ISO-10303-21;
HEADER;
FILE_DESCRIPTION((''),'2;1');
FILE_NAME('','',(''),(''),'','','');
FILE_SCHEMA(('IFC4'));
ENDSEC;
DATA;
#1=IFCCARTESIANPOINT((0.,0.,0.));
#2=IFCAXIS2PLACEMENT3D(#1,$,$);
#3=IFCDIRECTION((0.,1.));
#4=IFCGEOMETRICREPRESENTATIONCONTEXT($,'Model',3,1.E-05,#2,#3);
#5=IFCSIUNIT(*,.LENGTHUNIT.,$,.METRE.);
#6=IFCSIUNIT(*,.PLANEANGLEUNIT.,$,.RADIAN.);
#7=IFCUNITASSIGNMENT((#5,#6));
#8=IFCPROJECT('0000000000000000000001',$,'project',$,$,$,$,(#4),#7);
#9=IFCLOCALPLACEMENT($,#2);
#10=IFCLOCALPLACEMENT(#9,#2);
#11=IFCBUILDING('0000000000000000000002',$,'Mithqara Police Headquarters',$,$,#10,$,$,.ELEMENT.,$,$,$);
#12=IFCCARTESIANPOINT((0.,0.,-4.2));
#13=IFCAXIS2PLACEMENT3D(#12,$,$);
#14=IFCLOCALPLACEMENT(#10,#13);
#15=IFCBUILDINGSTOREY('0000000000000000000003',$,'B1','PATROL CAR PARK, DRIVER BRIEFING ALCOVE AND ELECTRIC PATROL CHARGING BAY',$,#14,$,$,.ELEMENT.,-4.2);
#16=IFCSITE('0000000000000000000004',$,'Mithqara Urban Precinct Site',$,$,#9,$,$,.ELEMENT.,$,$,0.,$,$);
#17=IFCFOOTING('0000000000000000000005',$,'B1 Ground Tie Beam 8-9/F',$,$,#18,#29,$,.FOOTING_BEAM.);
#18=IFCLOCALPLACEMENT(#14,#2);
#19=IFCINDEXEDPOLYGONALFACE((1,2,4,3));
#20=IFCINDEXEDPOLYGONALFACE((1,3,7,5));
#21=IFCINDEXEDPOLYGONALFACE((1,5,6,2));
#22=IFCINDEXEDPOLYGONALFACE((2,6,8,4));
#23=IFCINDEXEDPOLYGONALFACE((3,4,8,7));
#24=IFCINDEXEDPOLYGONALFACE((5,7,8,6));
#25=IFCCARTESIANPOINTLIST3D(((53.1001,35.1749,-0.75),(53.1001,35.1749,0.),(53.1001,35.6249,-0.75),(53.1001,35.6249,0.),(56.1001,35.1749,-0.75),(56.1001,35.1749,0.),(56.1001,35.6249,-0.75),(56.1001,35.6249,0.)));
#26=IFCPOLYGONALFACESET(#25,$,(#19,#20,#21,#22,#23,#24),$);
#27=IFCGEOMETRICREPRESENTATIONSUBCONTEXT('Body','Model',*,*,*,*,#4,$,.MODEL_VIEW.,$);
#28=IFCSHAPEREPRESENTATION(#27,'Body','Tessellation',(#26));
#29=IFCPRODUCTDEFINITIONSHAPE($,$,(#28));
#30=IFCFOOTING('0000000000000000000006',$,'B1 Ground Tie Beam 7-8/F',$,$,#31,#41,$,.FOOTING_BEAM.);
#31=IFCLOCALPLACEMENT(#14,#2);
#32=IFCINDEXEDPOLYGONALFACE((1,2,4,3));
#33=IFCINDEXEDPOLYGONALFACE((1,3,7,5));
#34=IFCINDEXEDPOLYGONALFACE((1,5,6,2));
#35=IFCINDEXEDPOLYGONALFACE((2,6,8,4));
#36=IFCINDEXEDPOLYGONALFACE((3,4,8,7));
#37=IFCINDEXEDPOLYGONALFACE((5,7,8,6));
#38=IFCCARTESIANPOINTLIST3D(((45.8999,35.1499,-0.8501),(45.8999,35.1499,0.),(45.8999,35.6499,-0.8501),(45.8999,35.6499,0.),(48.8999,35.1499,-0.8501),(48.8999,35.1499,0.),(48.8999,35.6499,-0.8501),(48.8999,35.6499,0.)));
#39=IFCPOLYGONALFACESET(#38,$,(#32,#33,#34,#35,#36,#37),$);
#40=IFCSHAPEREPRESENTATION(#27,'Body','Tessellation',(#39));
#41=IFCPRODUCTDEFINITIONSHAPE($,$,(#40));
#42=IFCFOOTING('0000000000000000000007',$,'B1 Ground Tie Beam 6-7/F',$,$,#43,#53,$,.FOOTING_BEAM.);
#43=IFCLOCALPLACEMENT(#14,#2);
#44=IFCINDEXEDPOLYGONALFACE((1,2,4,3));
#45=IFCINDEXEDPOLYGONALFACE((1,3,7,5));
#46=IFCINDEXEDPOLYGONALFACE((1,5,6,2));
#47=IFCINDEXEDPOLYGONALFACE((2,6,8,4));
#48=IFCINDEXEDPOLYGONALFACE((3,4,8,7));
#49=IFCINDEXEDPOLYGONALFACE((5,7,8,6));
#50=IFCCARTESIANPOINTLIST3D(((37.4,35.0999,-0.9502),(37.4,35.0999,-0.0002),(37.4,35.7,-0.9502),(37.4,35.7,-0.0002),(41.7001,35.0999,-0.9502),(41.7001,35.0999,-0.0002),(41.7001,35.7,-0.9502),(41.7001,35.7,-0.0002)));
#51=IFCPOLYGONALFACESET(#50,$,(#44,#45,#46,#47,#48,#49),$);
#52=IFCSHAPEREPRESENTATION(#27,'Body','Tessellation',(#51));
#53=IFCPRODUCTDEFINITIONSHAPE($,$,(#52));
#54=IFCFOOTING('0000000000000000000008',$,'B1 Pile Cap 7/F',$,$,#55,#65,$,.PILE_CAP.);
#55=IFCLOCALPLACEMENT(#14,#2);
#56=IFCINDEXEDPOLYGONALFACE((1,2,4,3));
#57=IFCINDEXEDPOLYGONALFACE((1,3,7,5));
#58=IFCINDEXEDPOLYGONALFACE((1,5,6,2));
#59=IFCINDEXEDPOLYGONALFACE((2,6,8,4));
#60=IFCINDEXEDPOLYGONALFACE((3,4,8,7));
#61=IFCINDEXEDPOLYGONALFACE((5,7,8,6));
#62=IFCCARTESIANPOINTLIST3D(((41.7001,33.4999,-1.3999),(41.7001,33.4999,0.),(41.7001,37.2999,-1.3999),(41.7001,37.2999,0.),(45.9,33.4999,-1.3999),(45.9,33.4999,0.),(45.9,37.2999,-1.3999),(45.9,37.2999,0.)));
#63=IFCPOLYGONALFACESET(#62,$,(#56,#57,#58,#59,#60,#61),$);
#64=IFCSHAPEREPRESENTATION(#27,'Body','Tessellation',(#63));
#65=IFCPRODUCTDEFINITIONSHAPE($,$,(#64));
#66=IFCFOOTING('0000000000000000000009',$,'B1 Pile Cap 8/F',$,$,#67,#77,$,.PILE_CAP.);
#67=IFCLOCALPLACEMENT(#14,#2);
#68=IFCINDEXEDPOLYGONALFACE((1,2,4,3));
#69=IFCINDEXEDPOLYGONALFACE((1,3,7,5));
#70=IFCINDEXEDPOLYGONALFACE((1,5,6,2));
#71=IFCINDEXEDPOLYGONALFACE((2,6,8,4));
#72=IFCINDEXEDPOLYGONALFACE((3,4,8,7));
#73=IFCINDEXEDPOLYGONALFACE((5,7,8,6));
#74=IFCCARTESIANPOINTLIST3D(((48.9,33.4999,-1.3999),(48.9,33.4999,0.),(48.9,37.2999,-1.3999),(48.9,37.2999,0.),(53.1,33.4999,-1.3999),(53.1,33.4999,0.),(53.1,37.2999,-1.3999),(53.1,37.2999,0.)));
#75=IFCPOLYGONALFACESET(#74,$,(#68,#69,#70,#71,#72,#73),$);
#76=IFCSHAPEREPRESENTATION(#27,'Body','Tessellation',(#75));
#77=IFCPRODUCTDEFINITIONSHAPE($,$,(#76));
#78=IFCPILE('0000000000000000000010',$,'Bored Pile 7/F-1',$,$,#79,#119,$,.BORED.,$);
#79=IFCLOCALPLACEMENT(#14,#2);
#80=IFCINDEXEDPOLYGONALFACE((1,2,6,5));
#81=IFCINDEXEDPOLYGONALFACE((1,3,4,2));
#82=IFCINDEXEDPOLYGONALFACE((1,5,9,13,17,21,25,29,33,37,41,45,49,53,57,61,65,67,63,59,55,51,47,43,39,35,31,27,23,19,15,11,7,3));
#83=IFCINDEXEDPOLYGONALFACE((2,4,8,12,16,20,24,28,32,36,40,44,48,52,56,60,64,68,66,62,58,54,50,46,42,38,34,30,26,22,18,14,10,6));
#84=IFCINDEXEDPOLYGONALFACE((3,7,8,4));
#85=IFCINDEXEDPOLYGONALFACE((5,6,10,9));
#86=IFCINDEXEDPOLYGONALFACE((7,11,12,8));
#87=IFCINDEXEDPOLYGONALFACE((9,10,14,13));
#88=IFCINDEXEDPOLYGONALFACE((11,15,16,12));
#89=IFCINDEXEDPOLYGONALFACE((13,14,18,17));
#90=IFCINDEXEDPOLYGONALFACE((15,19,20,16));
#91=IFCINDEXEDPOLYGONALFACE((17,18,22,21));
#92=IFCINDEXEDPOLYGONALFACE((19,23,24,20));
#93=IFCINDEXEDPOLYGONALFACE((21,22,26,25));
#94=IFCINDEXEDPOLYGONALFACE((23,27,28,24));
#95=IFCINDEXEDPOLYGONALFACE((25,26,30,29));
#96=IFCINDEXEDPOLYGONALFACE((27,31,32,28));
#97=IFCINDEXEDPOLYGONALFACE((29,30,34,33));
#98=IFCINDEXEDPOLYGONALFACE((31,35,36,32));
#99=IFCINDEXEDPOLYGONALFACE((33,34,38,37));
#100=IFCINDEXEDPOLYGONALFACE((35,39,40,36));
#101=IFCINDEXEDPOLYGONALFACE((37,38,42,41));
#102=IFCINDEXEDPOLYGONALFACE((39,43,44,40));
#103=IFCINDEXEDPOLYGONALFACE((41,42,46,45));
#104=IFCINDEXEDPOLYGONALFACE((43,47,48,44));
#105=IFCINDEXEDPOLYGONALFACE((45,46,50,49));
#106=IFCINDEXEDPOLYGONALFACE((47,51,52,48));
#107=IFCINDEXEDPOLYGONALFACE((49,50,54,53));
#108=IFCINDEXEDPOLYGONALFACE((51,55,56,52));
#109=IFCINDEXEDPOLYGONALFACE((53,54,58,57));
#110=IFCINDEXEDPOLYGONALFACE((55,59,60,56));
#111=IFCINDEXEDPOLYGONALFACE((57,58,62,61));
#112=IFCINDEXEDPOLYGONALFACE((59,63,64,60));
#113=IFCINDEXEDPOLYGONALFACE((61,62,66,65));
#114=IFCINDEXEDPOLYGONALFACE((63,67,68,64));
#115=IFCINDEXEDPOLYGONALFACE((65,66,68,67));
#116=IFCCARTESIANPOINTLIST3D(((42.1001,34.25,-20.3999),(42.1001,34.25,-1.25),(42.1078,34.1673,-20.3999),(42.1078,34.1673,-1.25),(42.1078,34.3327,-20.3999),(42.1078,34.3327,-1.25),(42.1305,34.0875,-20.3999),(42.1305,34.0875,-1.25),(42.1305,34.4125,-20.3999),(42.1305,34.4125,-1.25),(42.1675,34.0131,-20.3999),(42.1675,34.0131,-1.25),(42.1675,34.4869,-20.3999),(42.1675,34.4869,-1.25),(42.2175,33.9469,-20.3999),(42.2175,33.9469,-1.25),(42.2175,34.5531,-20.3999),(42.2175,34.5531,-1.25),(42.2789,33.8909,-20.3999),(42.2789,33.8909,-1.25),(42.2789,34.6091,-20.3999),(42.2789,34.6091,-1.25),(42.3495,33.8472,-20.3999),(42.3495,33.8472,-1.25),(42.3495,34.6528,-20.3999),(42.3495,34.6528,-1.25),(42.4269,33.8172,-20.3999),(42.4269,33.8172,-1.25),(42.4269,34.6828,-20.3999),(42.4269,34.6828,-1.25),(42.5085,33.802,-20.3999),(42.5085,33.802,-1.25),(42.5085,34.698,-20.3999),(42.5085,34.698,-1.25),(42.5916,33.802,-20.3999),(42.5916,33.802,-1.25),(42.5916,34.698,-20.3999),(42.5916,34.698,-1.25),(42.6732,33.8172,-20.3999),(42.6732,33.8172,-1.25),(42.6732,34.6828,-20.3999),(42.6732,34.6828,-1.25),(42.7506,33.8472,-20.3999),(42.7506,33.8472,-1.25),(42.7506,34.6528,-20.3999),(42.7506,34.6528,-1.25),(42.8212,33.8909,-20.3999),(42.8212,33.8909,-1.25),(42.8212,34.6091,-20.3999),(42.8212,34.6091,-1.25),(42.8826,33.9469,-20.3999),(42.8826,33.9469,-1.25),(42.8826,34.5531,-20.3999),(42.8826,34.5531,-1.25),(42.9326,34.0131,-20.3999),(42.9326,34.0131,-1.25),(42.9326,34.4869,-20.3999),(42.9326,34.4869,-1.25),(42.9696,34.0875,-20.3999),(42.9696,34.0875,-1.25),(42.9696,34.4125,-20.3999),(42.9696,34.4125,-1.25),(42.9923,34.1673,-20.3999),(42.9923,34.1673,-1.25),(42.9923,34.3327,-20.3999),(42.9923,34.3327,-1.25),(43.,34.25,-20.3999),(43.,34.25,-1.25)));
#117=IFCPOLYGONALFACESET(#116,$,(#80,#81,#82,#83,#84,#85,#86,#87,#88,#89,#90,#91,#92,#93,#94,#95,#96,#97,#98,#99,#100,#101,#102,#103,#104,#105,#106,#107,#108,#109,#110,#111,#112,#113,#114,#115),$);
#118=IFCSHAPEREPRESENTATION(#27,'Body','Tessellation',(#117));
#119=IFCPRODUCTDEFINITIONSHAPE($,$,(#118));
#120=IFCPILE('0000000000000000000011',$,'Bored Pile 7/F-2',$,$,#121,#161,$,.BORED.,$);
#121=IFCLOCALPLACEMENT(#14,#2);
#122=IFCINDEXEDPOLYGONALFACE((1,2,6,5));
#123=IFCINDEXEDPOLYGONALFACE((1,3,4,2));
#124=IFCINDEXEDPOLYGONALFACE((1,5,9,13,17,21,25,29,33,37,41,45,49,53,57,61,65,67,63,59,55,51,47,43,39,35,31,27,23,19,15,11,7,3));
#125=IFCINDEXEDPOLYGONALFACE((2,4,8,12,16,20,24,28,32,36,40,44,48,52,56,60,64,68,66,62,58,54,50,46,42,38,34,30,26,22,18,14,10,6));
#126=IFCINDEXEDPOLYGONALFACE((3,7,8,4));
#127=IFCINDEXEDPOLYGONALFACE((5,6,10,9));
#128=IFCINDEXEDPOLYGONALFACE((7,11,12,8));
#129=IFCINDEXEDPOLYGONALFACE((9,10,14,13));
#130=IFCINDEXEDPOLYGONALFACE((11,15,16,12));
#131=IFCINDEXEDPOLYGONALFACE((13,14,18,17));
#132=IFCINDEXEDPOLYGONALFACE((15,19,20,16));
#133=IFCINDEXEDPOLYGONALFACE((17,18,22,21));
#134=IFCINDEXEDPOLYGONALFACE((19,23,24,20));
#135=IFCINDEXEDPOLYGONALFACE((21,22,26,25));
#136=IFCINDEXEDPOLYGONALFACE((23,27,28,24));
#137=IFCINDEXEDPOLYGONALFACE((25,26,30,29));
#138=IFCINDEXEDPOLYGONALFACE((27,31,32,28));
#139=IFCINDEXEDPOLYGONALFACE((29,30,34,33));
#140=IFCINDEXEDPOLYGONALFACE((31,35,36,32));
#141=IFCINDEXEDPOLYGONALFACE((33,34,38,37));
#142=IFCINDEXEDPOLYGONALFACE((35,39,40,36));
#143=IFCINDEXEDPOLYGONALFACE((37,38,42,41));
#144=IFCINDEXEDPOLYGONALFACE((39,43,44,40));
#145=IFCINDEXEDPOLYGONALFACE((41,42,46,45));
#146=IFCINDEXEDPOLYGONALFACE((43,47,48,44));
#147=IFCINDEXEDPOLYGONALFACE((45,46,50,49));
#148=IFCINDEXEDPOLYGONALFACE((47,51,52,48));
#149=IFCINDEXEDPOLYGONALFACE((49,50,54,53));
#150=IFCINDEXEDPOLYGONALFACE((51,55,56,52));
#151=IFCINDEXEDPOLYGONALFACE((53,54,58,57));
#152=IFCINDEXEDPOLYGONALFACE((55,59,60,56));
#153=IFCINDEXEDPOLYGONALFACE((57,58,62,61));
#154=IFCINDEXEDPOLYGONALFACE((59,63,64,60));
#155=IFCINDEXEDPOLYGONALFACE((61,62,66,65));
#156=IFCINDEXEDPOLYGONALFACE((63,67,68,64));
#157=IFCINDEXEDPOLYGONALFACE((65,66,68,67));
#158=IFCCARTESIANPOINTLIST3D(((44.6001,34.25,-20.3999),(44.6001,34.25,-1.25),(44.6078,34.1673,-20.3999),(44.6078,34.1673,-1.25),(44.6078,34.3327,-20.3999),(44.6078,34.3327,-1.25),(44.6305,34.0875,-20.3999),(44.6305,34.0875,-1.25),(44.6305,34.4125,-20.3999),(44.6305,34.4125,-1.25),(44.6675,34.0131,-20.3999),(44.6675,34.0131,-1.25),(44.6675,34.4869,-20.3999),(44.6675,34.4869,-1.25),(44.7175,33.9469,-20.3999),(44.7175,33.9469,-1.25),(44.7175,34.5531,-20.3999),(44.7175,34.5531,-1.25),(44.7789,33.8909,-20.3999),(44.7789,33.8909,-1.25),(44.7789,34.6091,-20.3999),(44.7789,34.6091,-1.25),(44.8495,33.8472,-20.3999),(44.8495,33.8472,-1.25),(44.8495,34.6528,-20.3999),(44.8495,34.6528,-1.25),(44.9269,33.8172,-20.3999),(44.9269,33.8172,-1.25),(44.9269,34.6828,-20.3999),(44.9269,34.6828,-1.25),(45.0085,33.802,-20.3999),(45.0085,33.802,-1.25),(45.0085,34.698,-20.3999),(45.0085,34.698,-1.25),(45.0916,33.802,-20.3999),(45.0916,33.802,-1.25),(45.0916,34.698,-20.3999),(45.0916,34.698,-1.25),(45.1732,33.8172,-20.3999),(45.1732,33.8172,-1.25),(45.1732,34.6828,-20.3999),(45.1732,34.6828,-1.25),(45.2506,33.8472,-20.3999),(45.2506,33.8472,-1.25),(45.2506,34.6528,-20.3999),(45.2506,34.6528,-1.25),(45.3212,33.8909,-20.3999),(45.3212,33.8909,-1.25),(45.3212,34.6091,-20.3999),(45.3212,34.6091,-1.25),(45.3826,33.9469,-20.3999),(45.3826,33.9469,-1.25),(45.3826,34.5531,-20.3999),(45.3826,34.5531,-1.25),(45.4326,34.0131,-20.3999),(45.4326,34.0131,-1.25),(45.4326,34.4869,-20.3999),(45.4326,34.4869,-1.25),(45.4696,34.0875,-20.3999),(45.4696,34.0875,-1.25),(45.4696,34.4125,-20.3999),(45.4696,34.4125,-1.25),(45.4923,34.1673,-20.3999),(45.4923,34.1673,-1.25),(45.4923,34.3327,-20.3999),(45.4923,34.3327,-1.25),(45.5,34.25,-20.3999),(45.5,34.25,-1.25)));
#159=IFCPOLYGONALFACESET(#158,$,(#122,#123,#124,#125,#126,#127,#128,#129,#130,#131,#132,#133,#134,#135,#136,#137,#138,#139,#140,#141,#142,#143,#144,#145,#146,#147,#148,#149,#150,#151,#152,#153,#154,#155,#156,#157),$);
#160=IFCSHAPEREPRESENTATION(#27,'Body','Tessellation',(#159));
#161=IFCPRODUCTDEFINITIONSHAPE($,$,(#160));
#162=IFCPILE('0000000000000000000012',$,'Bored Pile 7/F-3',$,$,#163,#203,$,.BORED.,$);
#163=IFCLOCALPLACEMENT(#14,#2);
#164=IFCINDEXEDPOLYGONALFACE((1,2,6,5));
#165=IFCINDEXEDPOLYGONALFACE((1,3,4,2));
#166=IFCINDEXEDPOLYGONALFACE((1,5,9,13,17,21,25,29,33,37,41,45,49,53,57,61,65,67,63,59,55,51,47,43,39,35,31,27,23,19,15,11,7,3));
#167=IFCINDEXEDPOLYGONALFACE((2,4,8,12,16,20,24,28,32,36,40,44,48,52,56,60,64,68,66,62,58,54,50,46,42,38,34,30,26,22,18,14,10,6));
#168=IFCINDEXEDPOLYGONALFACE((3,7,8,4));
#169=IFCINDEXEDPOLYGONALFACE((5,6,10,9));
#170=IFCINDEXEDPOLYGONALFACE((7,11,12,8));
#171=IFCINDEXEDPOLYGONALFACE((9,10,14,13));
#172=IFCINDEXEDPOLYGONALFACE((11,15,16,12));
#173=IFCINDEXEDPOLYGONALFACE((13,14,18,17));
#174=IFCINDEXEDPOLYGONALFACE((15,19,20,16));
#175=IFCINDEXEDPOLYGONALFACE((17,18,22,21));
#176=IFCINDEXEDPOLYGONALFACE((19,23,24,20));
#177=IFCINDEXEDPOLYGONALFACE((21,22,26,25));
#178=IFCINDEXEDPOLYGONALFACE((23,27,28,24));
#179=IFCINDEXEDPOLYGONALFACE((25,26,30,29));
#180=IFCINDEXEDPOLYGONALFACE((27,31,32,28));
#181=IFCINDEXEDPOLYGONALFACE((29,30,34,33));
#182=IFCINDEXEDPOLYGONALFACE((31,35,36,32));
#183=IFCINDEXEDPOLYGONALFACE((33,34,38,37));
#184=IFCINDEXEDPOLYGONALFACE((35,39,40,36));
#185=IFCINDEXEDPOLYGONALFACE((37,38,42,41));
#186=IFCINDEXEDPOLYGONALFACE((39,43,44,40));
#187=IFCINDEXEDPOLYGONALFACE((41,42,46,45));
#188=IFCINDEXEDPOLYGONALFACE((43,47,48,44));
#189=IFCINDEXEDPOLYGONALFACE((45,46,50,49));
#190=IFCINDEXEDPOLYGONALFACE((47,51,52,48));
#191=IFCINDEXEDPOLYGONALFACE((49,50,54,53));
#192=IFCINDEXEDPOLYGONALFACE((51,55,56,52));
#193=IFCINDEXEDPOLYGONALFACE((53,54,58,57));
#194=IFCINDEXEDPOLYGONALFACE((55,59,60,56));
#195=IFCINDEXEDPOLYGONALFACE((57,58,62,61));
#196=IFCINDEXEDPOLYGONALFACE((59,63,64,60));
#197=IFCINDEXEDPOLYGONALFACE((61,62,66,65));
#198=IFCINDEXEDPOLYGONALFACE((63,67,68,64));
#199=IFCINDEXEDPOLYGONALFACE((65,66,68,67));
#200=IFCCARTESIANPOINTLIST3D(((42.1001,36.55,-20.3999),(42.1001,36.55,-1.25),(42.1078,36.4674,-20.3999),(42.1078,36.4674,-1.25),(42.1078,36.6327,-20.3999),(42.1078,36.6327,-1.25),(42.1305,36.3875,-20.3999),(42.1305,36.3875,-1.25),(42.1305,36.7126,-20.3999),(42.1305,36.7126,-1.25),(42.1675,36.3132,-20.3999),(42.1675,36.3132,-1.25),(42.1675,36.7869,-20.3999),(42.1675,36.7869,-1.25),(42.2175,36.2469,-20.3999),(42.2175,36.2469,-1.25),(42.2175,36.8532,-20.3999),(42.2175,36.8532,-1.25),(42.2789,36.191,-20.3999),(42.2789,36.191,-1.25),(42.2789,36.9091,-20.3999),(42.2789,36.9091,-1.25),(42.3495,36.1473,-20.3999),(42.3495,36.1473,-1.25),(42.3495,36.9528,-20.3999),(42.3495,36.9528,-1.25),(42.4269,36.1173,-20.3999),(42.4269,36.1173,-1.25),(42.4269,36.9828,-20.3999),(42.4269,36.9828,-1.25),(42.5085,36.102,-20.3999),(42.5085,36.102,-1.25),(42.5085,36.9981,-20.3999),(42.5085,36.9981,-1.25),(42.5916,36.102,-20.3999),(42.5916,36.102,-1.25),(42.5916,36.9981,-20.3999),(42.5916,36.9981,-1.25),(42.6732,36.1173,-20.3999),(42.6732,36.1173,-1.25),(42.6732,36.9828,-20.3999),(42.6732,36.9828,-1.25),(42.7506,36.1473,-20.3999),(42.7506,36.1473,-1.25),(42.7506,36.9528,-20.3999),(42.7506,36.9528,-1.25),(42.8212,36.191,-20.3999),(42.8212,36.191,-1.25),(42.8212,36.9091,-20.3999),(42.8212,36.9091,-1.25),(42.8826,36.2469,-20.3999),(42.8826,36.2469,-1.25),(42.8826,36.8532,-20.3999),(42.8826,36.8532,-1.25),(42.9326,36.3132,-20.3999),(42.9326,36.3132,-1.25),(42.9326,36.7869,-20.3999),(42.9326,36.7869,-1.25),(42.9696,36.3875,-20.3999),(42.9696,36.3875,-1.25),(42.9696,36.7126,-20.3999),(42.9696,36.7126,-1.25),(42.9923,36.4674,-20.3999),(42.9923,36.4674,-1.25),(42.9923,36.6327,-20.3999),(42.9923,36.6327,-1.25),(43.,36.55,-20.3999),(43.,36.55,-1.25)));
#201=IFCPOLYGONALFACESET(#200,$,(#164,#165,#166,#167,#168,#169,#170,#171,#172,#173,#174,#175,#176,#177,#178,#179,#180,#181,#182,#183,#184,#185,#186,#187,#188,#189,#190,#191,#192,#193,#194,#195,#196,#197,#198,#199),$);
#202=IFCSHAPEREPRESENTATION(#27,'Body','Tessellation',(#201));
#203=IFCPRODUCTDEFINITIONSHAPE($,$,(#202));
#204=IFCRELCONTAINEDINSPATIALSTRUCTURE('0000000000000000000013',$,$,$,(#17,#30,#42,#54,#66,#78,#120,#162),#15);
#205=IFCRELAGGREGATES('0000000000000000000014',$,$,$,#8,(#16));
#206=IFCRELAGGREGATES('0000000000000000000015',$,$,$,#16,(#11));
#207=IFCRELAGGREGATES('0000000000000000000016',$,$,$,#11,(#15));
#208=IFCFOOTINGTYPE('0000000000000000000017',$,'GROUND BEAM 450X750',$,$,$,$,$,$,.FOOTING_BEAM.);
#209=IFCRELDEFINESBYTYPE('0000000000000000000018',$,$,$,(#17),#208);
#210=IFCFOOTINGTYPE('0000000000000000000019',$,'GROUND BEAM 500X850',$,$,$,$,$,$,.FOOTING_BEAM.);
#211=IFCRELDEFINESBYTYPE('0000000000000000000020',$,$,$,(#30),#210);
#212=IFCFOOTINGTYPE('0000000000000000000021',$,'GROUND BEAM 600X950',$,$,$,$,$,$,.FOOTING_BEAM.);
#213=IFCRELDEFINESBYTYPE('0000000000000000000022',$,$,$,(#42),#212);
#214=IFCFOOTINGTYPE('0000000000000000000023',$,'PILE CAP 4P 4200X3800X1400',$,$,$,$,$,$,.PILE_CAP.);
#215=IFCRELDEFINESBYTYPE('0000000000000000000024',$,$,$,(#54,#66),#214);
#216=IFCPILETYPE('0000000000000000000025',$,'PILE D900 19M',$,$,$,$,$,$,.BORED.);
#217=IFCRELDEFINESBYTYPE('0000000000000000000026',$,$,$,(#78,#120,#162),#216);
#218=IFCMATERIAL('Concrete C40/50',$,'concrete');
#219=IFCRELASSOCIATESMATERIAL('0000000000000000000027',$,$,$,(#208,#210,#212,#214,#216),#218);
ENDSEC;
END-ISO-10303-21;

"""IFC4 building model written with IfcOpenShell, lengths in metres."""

from ifc_helpers import new_model, si_unit, direction, frame, origin, origin_2d, place, context, subcontext, project, spatial, rectangle, circle, extrude, material, material_profile, profile_set, type_object, element, save


model = new_model("IFC4")

# Units and contexts
model_context = context("Model", 3, precision=1e-05, world=origin(), true_north=direction((0.0, 1.0)))
body_context = subcontext(model_context, "Body", "Model", "MODEL_VIEW")
ifc_project = project(units=[si_unit("LENGTHUNIT", "METRE"), si_unit("PLANEANGLEUNIT", "RADIAN")], contexts=[model_context])

# Site, building, storey
site_placement = place(None, origin())
site = spatial("IfcSite", under=ifc_project, at=site_placement, Name="Mithqara Urban Precinct Site", CompositionType="ELEMENT", RefElevation=0.0)
building_placement = place(site_placement, origin())
building = spatial("IfcBuilding", under=site, at=building_placement, Name="Mithqara Police Headquarters", CompositionType="ELEMENT")
storey_placement = place(building_placement, frame((0.0, 0.0, -4.2)))
storey = spatial("IfcBuildingStorey", under=building, at=storey_placement, Name="B1", Description="PATROL CAR PARK, DRIVER BRIEFING ALCOVE AND ELECTRIC PATROL CHARGING BAY", CompositionType="ELEMENT", Elevation=-4.2)

# Footings
ifc_material_1 = material(Name="Concrete C40/50", Category="concrete")
footing_type_1 = type_object("IfcFootingType", Name="GROUND BEAM 450X750", PredefinedType="FOOTING_BEAM", material=ifc_material_1)
footing_1_placement = place(storey_placement, frame((54.6001, 35.3999, -0.75), z_axis=(0.0, 0.0, 1.0), x_axis=(1.0, 0.0, 0.0)))
element("IfcFooting", 1, at=footing_1_placement, inside=storey, type_object=footing_type_1, Name="B1 Ground Tie Beam 8-9/F", PredefinedType="FOOTING_BEAM", context=body_context, shape_type="SweptSolid", body=[
    extrude(rectangle(XDim=3.0, YDim=0.45, at=origin_2d()), origin(), (0.0, 0.0, 1.0), 0.75),
])
footing_type_2 = type_object("IfcFootingType", Name="GROUND BEAM 500X850", PredefinedType="FOOTING_BEAM", material=ifc_material_1)
footing_2_placement = place(storey_placement, frame((47.3999, 35.3999, -0.8501), z_axis=(0.0, 0.0, 1.0), x_axis=(1.0, 0.0, 0.0)))
element("IfcFooting", 2, at=footing_2_placement, inside=storey, type_object=footing_type_2, Name="B1 Ground Tie Beam 7-8/F", PredefinedType="FOOTING_BEAM", context=body_context, shape_type="SweptSolid", body=[
    extrude(rectangle(XDim=3.0, YDim=0.5, at=origin_2d()), origin(), (0.0, 0.0, 1.0), 0.8501),
])
footing_type_3 = type_object("IfcFootingType", Name="GROUND BEAM 600X950", PredefinedType="FOOTING_BEAM", material=ifc_material_1)
footing_3_placement = place(storey_placement, frame((39.55, 35.3999, -0.9502), z_axis=(0.0, 0.0, 1.0), x_axis=(1.0, 0.0, 0.0)))
element("IfcFooting", 3, at=footing_3_placement, inside=storey, type_object=footing_type_3, Name="B1 Ground Tie Beam 6-7/F", PredefinedType="FOOTING_BEAM", context=body_context, shape_type="SweptSolid", body=[
    extrude(rectangle(XDim=4.3, YDim=0.6001, at=origin_2d()), origin(), (0.0, 0.0, 1.0), 0.95),
])
footing_type_4 = type_object("IfcFootingType", Name="PILE CAP 4P 4200X3800X1400", PredefinedType="PILE_CAP", material=ifc_material_1)
for number, where, z_axis, x_axis, name in (
    (4, (43.8, 35.3999, -1.3999), (0.0, 0.0, 1.0), (1.0, 0.0, 0.0), "B1 Pile Cap 7/F"),
    (5, (51.0, 35.3999, -1.3999), (0.0, 0.0, 1.0), (1.0, 0.0, 0.0), "B1 Pile Cap 8/F"),
):
    element("IfcFooting", number, at=place(storey_placement, frame(where, z_axis=z_axis, x_axis=x_axis)), inside=storey, type_object=footing_type_4, Name=name, PredefinedType="PILE_CAP", context=body_context, shape_type="SweptSolid", body=[
        extrude(rectangle(XDim=4.2, YDim=3.8, at=origin_2d()), origin(), (0.0, 0.0, 1.0), 1.3999),
    ])

# Piles
ifc_material_profile_1 = material_profile(ifc_material_1, circle(Radius=0.45, at=origin_2d()), Name="PILE D900")
ifc_profile_set_1 = profile_set([ifc_material_profile_1], Name="Concrete C40/50")
pile_type = type_object("IfcPileType", Name="PILE D900 19M", PredefinedType="BORED", material=ifc_profile_set_1)
for number, where, z_axis, x_axis, name in (
    (6, (42.55, 34.25, -1.25), (0.0, 0.0, -1.0), (1.0, 0.0, 0.0), "Bored Pile 7/F-1"),
    (7, (45.05, 34.25, -1.25), (0.0, 0.0, -1.0), (1.0, 0.0, 0.0), "Bored Pile 7/F-2"),
    (8, (42.55, 36.55, -1.25), (0.0, 0.0, -1.0), (1.0, 0.0, 0.0), "Bored Pile 7/F-3"),
):
    element("IfcPile", number, at=place(storey_placement, frame(where, z_axis=z_axis, x_axis=x_axis)), inside=storey, type_object=pile_type, Name=name, PredefinedType="BORED", context=body_context, shape_type="SweptSolid", body=[
        extrude(circle(Radius=0.45, at=origin_2d()), origin(), (0.0, 0.0, 1.0), 19.1499),
    ])

save(model, "model.ifc")
